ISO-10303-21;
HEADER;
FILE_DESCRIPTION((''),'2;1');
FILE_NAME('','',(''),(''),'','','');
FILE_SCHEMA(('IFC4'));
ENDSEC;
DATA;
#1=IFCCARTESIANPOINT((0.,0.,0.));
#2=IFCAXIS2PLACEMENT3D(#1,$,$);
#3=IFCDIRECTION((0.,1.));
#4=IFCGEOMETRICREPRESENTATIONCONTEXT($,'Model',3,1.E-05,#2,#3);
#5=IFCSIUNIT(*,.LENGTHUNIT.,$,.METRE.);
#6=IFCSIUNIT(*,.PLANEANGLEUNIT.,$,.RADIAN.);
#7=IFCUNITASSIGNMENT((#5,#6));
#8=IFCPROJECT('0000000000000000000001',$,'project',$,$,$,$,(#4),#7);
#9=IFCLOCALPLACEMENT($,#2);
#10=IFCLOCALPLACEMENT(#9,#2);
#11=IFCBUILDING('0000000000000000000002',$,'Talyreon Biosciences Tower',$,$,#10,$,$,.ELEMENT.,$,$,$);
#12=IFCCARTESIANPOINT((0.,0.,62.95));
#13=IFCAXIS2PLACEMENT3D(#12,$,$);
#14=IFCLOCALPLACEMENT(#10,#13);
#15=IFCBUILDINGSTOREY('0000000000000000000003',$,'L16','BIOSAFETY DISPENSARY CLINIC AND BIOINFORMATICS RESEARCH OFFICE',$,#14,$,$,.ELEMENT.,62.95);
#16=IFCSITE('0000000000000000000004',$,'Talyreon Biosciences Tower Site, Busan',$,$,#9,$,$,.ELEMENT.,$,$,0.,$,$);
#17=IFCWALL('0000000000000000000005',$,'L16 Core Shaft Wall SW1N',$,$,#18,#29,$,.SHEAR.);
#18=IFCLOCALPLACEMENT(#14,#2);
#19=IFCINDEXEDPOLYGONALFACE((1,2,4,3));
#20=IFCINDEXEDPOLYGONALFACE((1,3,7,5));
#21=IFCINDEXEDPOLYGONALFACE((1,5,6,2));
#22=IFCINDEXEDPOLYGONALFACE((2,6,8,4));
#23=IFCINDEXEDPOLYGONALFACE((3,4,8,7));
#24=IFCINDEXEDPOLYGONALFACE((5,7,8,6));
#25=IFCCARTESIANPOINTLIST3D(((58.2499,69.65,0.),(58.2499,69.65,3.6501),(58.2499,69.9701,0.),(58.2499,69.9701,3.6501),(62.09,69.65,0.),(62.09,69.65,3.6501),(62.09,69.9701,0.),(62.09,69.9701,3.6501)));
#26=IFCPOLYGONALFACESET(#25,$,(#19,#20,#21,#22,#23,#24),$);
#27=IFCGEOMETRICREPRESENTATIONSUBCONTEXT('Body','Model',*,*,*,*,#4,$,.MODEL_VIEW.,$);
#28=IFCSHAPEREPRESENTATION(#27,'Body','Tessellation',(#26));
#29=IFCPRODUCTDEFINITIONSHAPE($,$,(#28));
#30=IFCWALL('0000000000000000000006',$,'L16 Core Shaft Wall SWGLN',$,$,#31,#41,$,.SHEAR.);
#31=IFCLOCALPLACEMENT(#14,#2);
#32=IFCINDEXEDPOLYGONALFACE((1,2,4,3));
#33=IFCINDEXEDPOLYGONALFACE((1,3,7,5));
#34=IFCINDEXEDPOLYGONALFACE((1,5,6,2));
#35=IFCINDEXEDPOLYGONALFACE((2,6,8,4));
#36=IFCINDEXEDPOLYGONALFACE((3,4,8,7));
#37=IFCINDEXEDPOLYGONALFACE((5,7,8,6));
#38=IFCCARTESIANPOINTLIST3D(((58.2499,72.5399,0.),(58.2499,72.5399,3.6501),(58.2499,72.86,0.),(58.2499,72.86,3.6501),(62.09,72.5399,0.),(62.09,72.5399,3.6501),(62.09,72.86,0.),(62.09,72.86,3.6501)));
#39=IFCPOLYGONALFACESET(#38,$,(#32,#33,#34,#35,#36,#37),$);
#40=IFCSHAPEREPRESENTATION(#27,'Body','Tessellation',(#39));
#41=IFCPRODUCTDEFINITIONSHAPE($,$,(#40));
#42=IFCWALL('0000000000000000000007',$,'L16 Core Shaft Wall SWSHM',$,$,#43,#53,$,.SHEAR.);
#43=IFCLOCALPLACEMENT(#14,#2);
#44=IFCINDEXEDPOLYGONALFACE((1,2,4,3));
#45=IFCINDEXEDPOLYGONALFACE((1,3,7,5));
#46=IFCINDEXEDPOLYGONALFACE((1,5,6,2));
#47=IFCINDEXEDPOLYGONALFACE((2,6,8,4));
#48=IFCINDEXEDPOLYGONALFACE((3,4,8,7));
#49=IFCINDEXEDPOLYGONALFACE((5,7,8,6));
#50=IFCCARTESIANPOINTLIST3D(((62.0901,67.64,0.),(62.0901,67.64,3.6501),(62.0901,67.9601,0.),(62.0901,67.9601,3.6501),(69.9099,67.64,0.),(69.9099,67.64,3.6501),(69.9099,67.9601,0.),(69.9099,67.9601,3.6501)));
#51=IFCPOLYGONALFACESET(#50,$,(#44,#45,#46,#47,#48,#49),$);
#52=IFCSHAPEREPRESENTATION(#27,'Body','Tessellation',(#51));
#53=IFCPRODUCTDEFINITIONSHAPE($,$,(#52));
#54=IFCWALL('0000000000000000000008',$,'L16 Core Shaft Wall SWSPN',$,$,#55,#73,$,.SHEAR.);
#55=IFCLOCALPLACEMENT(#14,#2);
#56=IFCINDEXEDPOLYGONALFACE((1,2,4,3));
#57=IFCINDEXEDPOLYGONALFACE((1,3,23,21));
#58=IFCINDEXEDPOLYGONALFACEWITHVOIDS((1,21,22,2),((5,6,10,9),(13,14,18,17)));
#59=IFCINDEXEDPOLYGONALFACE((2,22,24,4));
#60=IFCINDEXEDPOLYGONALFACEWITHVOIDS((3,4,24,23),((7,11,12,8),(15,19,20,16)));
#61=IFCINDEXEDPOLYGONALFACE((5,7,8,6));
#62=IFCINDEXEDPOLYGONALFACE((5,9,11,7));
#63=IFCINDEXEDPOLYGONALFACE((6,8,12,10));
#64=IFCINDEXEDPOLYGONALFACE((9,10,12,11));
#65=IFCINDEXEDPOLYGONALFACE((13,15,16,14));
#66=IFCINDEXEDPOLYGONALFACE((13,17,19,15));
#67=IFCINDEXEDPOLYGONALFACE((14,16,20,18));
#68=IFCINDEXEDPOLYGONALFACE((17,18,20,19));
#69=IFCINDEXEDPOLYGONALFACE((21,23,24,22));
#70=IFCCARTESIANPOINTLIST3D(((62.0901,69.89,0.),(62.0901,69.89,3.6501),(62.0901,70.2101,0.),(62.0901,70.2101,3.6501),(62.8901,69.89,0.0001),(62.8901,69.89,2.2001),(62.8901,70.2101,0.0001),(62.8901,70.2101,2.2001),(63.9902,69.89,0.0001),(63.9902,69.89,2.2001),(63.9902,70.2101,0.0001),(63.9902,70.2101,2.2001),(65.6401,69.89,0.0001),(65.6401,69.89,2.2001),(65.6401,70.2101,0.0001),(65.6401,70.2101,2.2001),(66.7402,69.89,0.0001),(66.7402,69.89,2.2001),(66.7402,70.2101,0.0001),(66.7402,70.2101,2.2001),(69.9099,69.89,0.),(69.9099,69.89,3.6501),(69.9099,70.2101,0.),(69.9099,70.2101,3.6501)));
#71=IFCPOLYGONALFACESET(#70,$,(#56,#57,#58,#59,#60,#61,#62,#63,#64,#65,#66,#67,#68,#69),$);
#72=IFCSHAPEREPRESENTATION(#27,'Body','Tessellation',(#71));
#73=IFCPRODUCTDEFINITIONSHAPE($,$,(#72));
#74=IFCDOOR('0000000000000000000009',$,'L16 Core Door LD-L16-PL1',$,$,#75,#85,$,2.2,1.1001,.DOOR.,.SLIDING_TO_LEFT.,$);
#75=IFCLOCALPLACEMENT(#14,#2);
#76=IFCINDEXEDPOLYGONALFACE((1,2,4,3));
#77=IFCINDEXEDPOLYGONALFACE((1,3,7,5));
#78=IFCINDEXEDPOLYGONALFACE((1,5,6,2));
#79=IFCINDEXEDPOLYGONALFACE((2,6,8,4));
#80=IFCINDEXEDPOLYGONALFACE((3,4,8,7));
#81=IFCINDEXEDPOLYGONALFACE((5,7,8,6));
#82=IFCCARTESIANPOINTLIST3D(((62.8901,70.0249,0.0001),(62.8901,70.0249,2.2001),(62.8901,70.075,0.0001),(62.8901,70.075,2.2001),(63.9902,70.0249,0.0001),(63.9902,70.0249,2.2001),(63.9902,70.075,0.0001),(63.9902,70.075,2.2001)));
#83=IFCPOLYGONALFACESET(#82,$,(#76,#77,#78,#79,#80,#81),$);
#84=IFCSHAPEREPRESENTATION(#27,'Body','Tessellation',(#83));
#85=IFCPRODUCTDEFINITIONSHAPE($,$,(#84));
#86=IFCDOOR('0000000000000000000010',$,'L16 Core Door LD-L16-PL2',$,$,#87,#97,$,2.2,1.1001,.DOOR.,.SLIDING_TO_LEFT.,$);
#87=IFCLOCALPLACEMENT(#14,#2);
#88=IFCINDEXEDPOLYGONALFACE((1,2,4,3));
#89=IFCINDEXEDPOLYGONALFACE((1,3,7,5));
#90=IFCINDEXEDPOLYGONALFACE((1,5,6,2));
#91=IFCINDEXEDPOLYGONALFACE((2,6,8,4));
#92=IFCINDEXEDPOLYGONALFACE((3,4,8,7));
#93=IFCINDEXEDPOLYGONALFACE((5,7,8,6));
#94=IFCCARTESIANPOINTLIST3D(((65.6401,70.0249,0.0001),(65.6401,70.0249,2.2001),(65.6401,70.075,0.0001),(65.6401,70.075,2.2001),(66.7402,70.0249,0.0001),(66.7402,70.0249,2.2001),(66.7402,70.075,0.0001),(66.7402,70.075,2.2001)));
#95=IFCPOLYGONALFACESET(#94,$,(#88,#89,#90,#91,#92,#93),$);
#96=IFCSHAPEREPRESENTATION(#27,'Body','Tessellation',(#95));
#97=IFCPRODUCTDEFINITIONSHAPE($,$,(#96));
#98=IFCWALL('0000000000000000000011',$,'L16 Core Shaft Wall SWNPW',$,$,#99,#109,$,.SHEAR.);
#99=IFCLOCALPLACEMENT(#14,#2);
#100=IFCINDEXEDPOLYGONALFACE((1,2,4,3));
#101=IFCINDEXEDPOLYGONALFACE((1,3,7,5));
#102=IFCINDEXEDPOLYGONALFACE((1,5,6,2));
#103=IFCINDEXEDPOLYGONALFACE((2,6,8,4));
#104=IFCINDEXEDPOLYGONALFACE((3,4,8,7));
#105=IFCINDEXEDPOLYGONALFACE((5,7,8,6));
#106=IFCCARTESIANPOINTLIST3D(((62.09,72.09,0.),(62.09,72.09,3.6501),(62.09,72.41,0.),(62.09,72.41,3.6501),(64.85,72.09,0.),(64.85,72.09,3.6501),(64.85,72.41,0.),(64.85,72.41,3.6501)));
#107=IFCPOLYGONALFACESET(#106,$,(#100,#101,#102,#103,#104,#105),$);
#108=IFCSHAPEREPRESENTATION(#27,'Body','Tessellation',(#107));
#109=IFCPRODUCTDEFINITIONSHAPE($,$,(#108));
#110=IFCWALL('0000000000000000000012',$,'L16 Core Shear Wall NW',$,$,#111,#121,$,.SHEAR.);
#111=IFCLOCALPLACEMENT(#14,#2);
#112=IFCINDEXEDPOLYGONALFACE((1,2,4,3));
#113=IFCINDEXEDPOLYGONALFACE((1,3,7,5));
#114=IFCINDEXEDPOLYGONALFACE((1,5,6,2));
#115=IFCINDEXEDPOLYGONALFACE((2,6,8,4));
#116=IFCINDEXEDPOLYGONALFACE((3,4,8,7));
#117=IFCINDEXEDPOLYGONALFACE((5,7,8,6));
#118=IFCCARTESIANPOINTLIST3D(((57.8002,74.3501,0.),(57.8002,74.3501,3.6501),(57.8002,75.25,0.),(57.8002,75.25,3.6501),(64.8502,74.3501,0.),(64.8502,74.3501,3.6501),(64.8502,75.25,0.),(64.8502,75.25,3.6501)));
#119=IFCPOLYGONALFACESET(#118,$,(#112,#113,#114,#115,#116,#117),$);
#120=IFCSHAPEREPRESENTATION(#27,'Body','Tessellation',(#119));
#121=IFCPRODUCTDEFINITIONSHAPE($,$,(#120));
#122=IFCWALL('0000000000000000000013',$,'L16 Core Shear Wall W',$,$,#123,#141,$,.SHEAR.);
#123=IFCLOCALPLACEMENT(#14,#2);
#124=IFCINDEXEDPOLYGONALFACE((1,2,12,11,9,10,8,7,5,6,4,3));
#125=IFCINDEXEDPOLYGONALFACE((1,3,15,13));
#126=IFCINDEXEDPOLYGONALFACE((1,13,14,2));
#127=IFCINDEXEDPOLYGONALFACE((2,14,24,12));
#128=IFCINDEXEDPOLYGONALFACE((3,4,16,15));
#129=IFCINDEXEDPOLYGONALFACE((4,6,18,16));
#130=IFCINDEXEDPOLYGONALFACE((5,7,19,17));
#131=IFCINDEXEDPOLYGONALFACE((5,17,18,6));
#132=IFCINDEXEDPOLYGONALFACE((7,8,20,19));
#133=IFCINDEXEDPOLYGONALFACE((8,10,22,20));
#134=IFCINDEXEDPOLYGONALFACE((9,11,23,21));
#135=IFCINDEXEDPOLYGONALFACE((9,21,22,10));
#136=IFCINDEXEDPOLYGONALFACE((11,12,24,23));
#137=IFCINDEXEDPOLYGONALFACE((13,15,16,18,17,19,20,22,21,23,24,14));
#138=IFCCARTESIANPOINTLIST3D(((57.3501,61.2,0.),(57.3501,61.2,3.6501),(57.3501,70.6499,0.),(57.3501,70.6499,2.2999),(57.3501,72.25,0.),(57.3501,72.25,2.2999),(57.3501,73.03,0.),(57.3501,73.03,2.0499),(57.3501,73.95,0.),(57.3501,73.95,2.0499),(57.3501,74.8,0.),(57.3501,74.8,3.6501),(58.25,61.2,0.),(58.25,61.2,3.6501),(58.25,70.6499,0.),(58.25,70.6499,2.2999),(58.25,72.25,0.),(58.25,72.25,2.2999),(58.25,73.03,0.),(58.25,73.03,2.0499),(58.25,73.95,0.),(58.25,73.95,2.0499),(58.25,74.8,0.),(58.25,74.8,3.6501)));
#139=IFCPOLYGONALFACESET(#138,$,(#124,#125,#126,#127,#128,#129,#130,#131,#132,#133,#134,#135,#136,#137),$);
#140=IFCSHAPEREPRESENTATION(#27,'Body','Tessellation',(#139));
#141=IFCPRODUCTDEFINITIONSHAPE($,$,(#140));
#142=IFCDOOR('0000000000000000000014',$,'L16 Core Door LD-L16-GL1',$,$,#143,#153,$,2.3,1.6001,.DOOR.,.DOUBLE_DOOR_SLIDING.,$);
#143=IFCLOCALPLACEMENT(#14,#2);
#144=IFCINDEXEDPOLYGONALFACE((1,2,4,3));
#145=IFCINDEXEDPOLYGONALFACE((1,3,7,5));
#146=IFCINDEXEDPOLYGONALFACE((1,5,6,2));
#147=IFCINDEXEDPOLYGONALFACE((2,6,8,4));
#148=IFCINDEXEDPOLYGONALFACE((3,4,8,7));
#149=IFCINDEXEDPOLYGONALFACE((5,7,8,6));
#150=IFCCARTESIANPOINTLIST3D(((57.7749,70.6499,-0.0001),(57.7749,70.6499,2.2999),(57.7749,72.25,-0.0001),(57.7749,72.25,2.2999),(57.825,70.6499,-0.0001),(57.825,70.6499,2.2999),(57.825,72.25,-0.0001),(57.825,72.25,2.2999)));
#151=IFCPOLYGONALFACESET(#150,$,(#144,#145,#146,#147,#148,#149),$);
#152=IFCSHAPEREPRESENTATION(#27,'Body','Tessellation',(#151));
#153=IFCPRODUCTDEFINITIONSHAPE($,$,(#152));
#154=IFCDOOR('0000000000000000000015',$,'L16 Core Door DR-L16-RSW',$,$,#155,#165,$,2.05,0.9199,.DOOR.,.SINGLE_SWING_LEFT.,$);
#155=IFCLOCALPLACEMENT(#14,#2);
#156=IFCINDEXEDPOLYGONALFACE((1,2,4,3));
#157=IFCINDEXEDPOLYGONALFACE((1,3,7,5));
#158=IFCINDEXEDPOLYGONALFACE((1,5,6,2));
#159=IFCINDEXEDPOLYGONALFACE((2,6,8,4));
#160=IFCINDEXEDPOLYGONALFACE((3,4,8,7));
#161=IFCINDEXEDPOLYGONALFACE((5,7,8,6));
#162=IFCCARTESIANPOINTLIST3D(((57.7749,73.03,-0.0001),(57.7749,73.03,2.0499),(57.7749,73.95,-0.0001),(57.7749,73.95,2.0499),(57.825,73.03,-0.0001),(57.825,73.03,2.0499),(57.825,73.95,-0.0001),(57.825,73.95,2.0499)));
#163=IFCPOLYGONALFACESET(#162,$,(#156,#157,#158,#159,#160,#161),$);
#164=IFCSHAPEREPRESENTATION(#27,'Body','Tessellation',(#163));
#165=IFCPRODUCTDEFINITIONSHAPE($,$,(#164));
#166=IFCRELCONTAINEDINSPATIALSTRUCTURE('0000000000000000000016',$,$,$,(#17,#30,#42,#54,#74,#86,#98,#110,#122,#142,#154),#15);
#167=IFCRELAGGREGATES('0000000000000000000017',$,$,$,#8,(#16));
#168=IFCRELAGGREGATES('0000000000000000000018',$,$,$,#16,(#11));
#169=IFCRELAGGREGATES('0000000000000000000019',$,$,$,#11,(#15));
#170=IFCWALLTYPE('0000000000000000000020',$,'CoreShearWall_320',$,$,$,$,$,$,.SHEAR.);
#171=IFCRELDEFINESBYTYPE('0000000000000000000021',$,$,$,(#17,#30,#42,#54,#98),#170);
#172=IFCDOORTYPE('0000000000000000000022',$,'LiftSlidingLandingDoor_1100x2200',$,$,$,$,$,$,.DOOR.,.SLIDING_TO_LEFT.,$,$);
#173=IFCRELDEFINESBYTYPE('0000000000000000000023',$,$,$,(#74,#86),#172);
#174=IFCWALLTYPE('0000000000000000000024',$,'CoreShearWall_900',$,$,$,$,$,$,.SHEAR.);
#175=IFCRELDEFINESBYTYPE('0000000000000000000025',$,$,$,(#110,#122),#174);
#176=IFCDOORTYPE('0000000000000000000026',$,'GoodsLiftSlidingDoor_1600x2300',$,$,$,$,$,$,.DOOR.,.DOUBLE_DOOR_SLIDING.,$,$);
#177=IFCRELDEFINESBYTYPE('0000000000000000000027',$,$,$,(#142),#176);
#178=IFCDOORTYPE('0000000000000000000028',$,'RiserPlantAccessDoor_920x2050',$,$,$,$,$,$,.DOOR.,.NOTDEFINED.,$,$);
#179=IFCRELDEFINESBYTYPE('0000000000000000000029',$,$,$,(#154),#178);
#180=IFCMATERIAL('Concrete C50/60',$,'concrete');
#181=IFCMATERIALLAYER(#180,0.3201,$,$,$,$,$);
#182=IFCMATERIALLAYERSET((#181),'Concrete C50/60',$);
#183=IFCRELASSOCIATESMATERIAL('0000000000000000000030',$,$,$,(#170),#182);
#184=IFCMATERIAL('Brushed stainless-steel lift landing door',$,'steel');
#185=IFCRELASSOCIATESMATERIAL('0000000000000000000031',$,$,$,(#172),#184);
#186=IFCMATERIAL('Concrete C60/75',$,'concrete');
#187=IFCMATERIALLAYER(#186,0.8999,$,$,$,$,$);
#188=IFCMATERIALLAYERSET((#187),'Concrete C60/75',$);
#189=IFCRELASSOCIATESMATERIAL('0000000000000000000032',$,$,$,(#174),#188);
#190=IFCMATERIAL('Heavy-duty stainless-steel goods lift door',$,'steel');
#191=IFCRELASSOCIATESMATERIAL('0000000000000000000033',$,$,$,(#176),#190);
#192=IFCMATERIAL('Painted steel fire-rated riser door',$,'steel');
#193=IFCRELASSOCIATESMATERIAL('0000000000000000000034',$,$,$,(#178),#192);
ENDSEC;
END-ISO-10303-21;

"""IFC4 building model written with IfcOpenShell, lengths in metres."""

from ifc_helpers import new_model, si_unit, direction, frame, frame_2d, origin, place, context, subcontext, project, spatial, rectangle, extrude, material, layer, layer_set, type_object, element, fill, save


model = new_model("IFC4")

# Units and contexts
model_context = context("Model", 3, precision=1e-05, world=origin(), true_north=direction((0.0, 1.0)))
body_context = subcontext(model_context, "Body", "Model", "MODEL_VIEW")
ifc_project = project(units=[si_unit("LENGTHUNIT", "METRE"), si_unit("PLANEANGLEUNIT", "RADIAN")], contexts=[model_context])

# Site, building, storey
site_placement = place(None, origin())
site = spatial("IfcSite", under=ifc_project, at=site_placement, Name="Talyreon Biosciences Tower Site, Busan", CompositionType="ELEMENT", RefElevation=0.0)
building_placement = place(site_placement, origin())
building = spatial("IfcBuilding", under=site, at=building_placement, Name="Talyreon Biosciences Tower", CompositionType="ELEMENT")
storey_placement = place(building_placement, frame((0.0, 0.0, 62.95)))
storey = spatial("IfcBuildingStorey", under=building, at=storey_placement, Name="L16", Description="BIOSAFETY DISPENSARY CLINIC AND BIOINFORMATICS RESEARCH OFFICE", CompositionType="ELEMENT", Elevation=62.95)

# Shared definitions
ifc_material_1 = material(Name="Concrete C60/75", Category="concrete")

# Walls
ifc_material_2 = material(Name="Concrete C50/60", Category="concrete")
ifc_layer_1 = layer(ifc_material_2, 0.3201)
ifc_layer_set_1 = layer_set([ifc_layer_1], Name="Concrete C50/60")
wall_type_1 = type_object("IfcWallType", Name="CoreShearWall_320", PredefinedType="SHEAR", material=ifc_layer_set_1)
for number, where, z_axis, x_axis, name in (
    (1, (58.25, 69.8101, 0.0), (0.0, 0.0, 1.0), (1.0, 0.0, 0.0), "L16 Core Shaft Wall SW1N"),
    (2, (58.25, 72.7, 0.0), (0.0, 0.0, 1.0), (1.0, 0.0, 0.0), "L16 Core Shaft Wall SWGLN"),
):
    element("IfcWall", number, at=place(storey_placement, frame(where, z_axis=z_axis, x_axis=x_axis)), inside=storey, type_object=wall_type_1, Name=name, PredefinedType="SHEAR", context=body_context, shape_type="SweptSolid", body=[
        extrude(rectangle(XDim=3.8401, YDim=0.3201, at=frame_2d((1.9199, 0.0))), origin(), (0.0, 0.0, 1.0), 3.6501),
    ])
wall_1_placement = place(storey_placement, frame((62.0901, 67.8, 0.0), z_axis=(0.0, 0.0, 1.0), x_axis=(1.0, 0.0, 0.0)))
element("IfcWall", 3, at=wall_1_placement, inside=storey, type_object=wall_type_1, Name="L16 Core Shaft Wall SWSHM", PredefinedType="SHEAR", context=body_context, shape_type="SweptSolid", body=[
    extrude(rectangle(XDim=7.8198, YDim=0.3201, at=frame_2d((3.9099, 0.0))), origin(), (0.0, 0.0, 1.0), 3.6501),
])

# Wall, openings, doors
wall_2_placement = place(storey_placement, frame((62.0901, 70.05, 0.0), z_axis=(0.0, 0.0, 1.0), x_axis=(1.0, 0.0, 0.0)))
wall_2 = element("IfcWall", 4, at=wall_2_placement, inside=storey, type_object=wall_type_1, Name="L16 Core Shaft Wall SWSPN", PredefinedType="SHEAR", context=body_context, shape_type="SweptSolid", body=[
    extrude(rectangle(XDim=7.8198, YDim=0.3201, at=frame_2d((3.9099, 0.0))), origin(), (0.0, 0.0, 1.0), 3.6501),
])
opening_1_placement = place(wall_2_placement, frame((0.8, 0.0, 0.0)))
opening_1 = element("IfcOpeningElement", 5, at=opening_1_placement, cuts=wall_2, PredefinedType="OPENING", context=body_context, shape_type="SweptSolid", body=[
    extrude(rectangle(XDim=1.1001, YDim=2.2, at=frame_2d((0.55, 1.1001))), frame((0.0, 0.1699, 0.0), z_axis=(0.0, -1.0, 0.0), x_axis=(1.0, 0.0, 0.0)), (0.0, 0.0, 1.0), 0.3401),
])
opening_2_placement = place(wall_2_placement, frame((3.55, 0.0, 0.0)))
opening_2 = element("IfcOpeningElement", 6, at=opening_2_placement, cuts=wall_2, PredefinedType="OPENING", context=body_context, shape_type="SweptSolid", body=[
    extrude(rectangle(XDim=1.1001, YDim=2.2, at=frame_2d((0.55, 1.1001))), frame((0.0, 0.1699, 0.0), z_axis=(0.0, -1.0, 0.0), x_axis=(1.0, 0.0, 0.0)), (0.0, 0.0, 1.0), 0.3401),
])
ifc_material_3 = material(Name="Brushed stainless-steel lift landing door", Category="steel")
door_type_1 = type_object("IfcDoorType", Name="LiftSlidingLandingDoor_1100x2200", OperationType="SLIDING_TO_LEFT", PredefinedType="DOOR", material=ifc_material_3)
door_1_placement = place(opening_1_placement, origin())
door_1 = element("IfcDoor", 7, at=door_1_placement, inside=storey, type_object=door_type_1, Name="L16 Core Door LD-L16-PL1", OperationType="SLIDING_TO_LEFT", OverallHeight=2.2, OverallWidth=1.1001, PredefinedType="DOOR", context=body_context, shape_type="SweptSolid", body=[
    extrude(rectangle(XDim=1.1001, YDim=2.2, at=frame_2d((0.55, 1.1001))), frame((0.0, 0.0249, 0.0), z_axis=(0.0, -1.0, 0.0), x_axis=(1.0, 0.0, 0.0)), (0.0, 0.0, 1.0), 0.05),
])
fill(opening_1, door_1)
door_2_placement = place(opening_2_placement, origin())
door_2 = element("IfcDoor", 8, at=door_2_placement, inside=storey, type_object=door_type_1, Name="L16 Core Door LD-L16-PL2", OperationType="SLIDING_TO_LEFT", OverallHeight=2.2, OverallWidth=1.1001, PredefinedType="DOOR", context=body_context, shape_type="SweptSolid", body=[
    extrude(rectangle(XDim=1.1001, YDim=2.2, at=frame_2d((0.55, 1.1001))), frame((0.0, 0.0249, 0.0), z_axis=(0.0, -1.0, 0.0), x_axis=(1.0, 0.0, 0.0)), (0.0, 0.0, 1.0), 0.05),
])
fill(opening_2, door_2)

# Walls
wall_3_placement = place(storey_placement, frame((62.0901, 72.25, 0.0), z_axis=(0.0, 0.0, 1.0), x_axis=(1.0, 0.0, 0.0)))
element("IfcWall", 9, at=wall_3_placement, inside=storey, type_object=wall_type_1, Name="L16 Core Shaft Wall SWNPW", PredefinedType="SHEAR", context=body_context, shape_type="SweptSolid", body=[
    extrude(rectangle(XDim=2.76, YDim=0.3201, at=frame_2d((1.3799, 0.0))), origin(), (0.0, 0.0, 1.0), 3.6501),
])
ifc_layer_2 = layer(ifc_material_1, 0.8999)
ifc_layer_set_2 = layer_set([ifc_layer_2], Name="Concrete C60/75")
wall_type_2 = type_object("IfcWallType", Name="CoreShearWall_900", PredefinedType="SHEAR", material=ifc_layer_set_2)
wall_4_placement = place(storey_placement, frame((64.8501, 74.8, 0.0), z_axis=(0.0, 0.0, 1.0), x_axis=(-1.0, 0.0, 0.0)))
element("IfcWall", 10, at=wall_4_placement, inside=storey, type_object=wall_type_2, Name="L16 Core Shear Wall NW", PredefinedType="SHEAR", context=body_context, shape_type="SweptSolid", body=[
    extrude(rectangle(XDim=7.05, YDim=0.8999, at=frame_2d((3.5249, 0.0))), origin(), (0.0, 0.0, 1.0), 3.6501),
])

# Wall, openings, doors
wall_5_placement = place(storey_placement, frame((57.8, 74.8, 0.0), z_axis=(0.0, 0.0, 1.0), x_axis=(0.0, -1.0, 0.0)))
wall_5 = element("IfcWall", 11, at=wall_5_placement, inside=storey, type_object=wall_type_2, Name="L16 Core Shear Wall W", PredefinedType="SHEAR", context=body_context, shape_type="SweptSolid", body=[
    extrude(rectangle(XDim=13.6001, YDim=0.8999, at=frame_2d((6.8, 0.0))), origin(), (0.0, 0.0, 1.0), 3.6501),
])
opening_3_placement = place(wall_5_placement, frame((0.8501, 0.0, 0.0)))
opening_3 = element("IfcOpeningElement", 12, at=opening_3_placement, cuts=wall_5, PredefinedType="OPENING", context=body_context, shape_type="SweptSolid", body=[
    extrude(rectangle(XDim=0.9199, YDim=2.05, at=frame_2d((0.46, 1.0249))), frame((0.0, 0.46, 0.0), z_axis=(0.0, -1.0, 0.0), x_axis=(1.0, 0.0, 0.0)), (0.0, 0.0, 1.0), 0.9199),
])
opening_4_placement = place(wall_5_placement, frame((2.55, 0.0, 0.0)))
opening_4 = element("IfcOpeningElement", 13, at=opening_4_placement, cuts=wall_5, PredefinedType="OPENING", context=body_context, shape_type="SweptSolid", body=[
    extrude(rectangle(XDim=1.6001, YDim=2.3, at=frame_2d((0.8, 1.1499))), frame((0.0, 0.46, 0.0), z_axis=(0.0, -1.0, 0.0), x_axis=(1.0, 0.0, 0.0)), (0.0, 0.0, 1.0), 0.9199),
])
ifc_material_4 = material(Name="Heavy-duty stainless-steel goods lift door", Category="steel")
door_type_2 = type_object("IfcDoorType", Name="GoodsLiftSlidingDoor_1600x2300", OperationType="DOUBLE_DOOR_SLIDING", PredefinedType="DOOR", material=ifc_material_4)
door_3_placement = place(opening_4_placement, origin())
door_3 = element("IfcDoor", 14, at=door_3_placement, inside=storey, type_object=door_type_2, Name="L16 Core Door LD-L16-GL1", OperationType="DOUBLE_DOOR_SLIDING", OverallHeight=2.3, OverallWidth=1.6001, PredefinedType="DOOR", context=body_context, shape_type="SweptSolid", body=[
    extrude(rectangle(XDim=1.6001, YDim=2.3, at=frame_2d((0.8, 1.1499))), frame((0.0, 0.0249, 0.0), z_axis=(0.0, -1.0, 0.0), x_axis=(1.0, 0.0, 0.0)), (0.0, 0.0, 1.0), 0.05),
])
fill(opening_4, door_3)
ifc_material_5 = material(Name="Painted steel fire-rated riser door", Category="steel")
door_type_3 = type_object("IfcDoorType", Name="RiserPlantAccessDoor_920x2050", OperationType="NOTDEFINED", PredefinedType="DOOR", material=ifc_material_5)
door_4_placement = place(opening_3_placement, origin())
door_4 = element("IfcDoor", 15, at=door_4_placement, inside=storey, type_object=door_type_3, Name="L16 Core Door DR-L16-RSW", OperationType="SINGLE_SWING_LEFT", OverallHeight=2.05, OverallWidth=0.9199, PredefinedType="DOOR", context=body_context, shape_type="SweptSolid", body=[
    extrude(rectangle(XDim=0.9199, YDim=2.05, at=frame_2d((0.46, 1.0249))), frame((0.0, 0.0249, 0.0), z_axis=(0.0, -1.0, 0.0), x_axis=(1.0, 0.0, 0.0)), (0.0, 0.0, 1.0), 0.05),
])
fill(opening_3, door_4)

save(model, "model.ifc")
